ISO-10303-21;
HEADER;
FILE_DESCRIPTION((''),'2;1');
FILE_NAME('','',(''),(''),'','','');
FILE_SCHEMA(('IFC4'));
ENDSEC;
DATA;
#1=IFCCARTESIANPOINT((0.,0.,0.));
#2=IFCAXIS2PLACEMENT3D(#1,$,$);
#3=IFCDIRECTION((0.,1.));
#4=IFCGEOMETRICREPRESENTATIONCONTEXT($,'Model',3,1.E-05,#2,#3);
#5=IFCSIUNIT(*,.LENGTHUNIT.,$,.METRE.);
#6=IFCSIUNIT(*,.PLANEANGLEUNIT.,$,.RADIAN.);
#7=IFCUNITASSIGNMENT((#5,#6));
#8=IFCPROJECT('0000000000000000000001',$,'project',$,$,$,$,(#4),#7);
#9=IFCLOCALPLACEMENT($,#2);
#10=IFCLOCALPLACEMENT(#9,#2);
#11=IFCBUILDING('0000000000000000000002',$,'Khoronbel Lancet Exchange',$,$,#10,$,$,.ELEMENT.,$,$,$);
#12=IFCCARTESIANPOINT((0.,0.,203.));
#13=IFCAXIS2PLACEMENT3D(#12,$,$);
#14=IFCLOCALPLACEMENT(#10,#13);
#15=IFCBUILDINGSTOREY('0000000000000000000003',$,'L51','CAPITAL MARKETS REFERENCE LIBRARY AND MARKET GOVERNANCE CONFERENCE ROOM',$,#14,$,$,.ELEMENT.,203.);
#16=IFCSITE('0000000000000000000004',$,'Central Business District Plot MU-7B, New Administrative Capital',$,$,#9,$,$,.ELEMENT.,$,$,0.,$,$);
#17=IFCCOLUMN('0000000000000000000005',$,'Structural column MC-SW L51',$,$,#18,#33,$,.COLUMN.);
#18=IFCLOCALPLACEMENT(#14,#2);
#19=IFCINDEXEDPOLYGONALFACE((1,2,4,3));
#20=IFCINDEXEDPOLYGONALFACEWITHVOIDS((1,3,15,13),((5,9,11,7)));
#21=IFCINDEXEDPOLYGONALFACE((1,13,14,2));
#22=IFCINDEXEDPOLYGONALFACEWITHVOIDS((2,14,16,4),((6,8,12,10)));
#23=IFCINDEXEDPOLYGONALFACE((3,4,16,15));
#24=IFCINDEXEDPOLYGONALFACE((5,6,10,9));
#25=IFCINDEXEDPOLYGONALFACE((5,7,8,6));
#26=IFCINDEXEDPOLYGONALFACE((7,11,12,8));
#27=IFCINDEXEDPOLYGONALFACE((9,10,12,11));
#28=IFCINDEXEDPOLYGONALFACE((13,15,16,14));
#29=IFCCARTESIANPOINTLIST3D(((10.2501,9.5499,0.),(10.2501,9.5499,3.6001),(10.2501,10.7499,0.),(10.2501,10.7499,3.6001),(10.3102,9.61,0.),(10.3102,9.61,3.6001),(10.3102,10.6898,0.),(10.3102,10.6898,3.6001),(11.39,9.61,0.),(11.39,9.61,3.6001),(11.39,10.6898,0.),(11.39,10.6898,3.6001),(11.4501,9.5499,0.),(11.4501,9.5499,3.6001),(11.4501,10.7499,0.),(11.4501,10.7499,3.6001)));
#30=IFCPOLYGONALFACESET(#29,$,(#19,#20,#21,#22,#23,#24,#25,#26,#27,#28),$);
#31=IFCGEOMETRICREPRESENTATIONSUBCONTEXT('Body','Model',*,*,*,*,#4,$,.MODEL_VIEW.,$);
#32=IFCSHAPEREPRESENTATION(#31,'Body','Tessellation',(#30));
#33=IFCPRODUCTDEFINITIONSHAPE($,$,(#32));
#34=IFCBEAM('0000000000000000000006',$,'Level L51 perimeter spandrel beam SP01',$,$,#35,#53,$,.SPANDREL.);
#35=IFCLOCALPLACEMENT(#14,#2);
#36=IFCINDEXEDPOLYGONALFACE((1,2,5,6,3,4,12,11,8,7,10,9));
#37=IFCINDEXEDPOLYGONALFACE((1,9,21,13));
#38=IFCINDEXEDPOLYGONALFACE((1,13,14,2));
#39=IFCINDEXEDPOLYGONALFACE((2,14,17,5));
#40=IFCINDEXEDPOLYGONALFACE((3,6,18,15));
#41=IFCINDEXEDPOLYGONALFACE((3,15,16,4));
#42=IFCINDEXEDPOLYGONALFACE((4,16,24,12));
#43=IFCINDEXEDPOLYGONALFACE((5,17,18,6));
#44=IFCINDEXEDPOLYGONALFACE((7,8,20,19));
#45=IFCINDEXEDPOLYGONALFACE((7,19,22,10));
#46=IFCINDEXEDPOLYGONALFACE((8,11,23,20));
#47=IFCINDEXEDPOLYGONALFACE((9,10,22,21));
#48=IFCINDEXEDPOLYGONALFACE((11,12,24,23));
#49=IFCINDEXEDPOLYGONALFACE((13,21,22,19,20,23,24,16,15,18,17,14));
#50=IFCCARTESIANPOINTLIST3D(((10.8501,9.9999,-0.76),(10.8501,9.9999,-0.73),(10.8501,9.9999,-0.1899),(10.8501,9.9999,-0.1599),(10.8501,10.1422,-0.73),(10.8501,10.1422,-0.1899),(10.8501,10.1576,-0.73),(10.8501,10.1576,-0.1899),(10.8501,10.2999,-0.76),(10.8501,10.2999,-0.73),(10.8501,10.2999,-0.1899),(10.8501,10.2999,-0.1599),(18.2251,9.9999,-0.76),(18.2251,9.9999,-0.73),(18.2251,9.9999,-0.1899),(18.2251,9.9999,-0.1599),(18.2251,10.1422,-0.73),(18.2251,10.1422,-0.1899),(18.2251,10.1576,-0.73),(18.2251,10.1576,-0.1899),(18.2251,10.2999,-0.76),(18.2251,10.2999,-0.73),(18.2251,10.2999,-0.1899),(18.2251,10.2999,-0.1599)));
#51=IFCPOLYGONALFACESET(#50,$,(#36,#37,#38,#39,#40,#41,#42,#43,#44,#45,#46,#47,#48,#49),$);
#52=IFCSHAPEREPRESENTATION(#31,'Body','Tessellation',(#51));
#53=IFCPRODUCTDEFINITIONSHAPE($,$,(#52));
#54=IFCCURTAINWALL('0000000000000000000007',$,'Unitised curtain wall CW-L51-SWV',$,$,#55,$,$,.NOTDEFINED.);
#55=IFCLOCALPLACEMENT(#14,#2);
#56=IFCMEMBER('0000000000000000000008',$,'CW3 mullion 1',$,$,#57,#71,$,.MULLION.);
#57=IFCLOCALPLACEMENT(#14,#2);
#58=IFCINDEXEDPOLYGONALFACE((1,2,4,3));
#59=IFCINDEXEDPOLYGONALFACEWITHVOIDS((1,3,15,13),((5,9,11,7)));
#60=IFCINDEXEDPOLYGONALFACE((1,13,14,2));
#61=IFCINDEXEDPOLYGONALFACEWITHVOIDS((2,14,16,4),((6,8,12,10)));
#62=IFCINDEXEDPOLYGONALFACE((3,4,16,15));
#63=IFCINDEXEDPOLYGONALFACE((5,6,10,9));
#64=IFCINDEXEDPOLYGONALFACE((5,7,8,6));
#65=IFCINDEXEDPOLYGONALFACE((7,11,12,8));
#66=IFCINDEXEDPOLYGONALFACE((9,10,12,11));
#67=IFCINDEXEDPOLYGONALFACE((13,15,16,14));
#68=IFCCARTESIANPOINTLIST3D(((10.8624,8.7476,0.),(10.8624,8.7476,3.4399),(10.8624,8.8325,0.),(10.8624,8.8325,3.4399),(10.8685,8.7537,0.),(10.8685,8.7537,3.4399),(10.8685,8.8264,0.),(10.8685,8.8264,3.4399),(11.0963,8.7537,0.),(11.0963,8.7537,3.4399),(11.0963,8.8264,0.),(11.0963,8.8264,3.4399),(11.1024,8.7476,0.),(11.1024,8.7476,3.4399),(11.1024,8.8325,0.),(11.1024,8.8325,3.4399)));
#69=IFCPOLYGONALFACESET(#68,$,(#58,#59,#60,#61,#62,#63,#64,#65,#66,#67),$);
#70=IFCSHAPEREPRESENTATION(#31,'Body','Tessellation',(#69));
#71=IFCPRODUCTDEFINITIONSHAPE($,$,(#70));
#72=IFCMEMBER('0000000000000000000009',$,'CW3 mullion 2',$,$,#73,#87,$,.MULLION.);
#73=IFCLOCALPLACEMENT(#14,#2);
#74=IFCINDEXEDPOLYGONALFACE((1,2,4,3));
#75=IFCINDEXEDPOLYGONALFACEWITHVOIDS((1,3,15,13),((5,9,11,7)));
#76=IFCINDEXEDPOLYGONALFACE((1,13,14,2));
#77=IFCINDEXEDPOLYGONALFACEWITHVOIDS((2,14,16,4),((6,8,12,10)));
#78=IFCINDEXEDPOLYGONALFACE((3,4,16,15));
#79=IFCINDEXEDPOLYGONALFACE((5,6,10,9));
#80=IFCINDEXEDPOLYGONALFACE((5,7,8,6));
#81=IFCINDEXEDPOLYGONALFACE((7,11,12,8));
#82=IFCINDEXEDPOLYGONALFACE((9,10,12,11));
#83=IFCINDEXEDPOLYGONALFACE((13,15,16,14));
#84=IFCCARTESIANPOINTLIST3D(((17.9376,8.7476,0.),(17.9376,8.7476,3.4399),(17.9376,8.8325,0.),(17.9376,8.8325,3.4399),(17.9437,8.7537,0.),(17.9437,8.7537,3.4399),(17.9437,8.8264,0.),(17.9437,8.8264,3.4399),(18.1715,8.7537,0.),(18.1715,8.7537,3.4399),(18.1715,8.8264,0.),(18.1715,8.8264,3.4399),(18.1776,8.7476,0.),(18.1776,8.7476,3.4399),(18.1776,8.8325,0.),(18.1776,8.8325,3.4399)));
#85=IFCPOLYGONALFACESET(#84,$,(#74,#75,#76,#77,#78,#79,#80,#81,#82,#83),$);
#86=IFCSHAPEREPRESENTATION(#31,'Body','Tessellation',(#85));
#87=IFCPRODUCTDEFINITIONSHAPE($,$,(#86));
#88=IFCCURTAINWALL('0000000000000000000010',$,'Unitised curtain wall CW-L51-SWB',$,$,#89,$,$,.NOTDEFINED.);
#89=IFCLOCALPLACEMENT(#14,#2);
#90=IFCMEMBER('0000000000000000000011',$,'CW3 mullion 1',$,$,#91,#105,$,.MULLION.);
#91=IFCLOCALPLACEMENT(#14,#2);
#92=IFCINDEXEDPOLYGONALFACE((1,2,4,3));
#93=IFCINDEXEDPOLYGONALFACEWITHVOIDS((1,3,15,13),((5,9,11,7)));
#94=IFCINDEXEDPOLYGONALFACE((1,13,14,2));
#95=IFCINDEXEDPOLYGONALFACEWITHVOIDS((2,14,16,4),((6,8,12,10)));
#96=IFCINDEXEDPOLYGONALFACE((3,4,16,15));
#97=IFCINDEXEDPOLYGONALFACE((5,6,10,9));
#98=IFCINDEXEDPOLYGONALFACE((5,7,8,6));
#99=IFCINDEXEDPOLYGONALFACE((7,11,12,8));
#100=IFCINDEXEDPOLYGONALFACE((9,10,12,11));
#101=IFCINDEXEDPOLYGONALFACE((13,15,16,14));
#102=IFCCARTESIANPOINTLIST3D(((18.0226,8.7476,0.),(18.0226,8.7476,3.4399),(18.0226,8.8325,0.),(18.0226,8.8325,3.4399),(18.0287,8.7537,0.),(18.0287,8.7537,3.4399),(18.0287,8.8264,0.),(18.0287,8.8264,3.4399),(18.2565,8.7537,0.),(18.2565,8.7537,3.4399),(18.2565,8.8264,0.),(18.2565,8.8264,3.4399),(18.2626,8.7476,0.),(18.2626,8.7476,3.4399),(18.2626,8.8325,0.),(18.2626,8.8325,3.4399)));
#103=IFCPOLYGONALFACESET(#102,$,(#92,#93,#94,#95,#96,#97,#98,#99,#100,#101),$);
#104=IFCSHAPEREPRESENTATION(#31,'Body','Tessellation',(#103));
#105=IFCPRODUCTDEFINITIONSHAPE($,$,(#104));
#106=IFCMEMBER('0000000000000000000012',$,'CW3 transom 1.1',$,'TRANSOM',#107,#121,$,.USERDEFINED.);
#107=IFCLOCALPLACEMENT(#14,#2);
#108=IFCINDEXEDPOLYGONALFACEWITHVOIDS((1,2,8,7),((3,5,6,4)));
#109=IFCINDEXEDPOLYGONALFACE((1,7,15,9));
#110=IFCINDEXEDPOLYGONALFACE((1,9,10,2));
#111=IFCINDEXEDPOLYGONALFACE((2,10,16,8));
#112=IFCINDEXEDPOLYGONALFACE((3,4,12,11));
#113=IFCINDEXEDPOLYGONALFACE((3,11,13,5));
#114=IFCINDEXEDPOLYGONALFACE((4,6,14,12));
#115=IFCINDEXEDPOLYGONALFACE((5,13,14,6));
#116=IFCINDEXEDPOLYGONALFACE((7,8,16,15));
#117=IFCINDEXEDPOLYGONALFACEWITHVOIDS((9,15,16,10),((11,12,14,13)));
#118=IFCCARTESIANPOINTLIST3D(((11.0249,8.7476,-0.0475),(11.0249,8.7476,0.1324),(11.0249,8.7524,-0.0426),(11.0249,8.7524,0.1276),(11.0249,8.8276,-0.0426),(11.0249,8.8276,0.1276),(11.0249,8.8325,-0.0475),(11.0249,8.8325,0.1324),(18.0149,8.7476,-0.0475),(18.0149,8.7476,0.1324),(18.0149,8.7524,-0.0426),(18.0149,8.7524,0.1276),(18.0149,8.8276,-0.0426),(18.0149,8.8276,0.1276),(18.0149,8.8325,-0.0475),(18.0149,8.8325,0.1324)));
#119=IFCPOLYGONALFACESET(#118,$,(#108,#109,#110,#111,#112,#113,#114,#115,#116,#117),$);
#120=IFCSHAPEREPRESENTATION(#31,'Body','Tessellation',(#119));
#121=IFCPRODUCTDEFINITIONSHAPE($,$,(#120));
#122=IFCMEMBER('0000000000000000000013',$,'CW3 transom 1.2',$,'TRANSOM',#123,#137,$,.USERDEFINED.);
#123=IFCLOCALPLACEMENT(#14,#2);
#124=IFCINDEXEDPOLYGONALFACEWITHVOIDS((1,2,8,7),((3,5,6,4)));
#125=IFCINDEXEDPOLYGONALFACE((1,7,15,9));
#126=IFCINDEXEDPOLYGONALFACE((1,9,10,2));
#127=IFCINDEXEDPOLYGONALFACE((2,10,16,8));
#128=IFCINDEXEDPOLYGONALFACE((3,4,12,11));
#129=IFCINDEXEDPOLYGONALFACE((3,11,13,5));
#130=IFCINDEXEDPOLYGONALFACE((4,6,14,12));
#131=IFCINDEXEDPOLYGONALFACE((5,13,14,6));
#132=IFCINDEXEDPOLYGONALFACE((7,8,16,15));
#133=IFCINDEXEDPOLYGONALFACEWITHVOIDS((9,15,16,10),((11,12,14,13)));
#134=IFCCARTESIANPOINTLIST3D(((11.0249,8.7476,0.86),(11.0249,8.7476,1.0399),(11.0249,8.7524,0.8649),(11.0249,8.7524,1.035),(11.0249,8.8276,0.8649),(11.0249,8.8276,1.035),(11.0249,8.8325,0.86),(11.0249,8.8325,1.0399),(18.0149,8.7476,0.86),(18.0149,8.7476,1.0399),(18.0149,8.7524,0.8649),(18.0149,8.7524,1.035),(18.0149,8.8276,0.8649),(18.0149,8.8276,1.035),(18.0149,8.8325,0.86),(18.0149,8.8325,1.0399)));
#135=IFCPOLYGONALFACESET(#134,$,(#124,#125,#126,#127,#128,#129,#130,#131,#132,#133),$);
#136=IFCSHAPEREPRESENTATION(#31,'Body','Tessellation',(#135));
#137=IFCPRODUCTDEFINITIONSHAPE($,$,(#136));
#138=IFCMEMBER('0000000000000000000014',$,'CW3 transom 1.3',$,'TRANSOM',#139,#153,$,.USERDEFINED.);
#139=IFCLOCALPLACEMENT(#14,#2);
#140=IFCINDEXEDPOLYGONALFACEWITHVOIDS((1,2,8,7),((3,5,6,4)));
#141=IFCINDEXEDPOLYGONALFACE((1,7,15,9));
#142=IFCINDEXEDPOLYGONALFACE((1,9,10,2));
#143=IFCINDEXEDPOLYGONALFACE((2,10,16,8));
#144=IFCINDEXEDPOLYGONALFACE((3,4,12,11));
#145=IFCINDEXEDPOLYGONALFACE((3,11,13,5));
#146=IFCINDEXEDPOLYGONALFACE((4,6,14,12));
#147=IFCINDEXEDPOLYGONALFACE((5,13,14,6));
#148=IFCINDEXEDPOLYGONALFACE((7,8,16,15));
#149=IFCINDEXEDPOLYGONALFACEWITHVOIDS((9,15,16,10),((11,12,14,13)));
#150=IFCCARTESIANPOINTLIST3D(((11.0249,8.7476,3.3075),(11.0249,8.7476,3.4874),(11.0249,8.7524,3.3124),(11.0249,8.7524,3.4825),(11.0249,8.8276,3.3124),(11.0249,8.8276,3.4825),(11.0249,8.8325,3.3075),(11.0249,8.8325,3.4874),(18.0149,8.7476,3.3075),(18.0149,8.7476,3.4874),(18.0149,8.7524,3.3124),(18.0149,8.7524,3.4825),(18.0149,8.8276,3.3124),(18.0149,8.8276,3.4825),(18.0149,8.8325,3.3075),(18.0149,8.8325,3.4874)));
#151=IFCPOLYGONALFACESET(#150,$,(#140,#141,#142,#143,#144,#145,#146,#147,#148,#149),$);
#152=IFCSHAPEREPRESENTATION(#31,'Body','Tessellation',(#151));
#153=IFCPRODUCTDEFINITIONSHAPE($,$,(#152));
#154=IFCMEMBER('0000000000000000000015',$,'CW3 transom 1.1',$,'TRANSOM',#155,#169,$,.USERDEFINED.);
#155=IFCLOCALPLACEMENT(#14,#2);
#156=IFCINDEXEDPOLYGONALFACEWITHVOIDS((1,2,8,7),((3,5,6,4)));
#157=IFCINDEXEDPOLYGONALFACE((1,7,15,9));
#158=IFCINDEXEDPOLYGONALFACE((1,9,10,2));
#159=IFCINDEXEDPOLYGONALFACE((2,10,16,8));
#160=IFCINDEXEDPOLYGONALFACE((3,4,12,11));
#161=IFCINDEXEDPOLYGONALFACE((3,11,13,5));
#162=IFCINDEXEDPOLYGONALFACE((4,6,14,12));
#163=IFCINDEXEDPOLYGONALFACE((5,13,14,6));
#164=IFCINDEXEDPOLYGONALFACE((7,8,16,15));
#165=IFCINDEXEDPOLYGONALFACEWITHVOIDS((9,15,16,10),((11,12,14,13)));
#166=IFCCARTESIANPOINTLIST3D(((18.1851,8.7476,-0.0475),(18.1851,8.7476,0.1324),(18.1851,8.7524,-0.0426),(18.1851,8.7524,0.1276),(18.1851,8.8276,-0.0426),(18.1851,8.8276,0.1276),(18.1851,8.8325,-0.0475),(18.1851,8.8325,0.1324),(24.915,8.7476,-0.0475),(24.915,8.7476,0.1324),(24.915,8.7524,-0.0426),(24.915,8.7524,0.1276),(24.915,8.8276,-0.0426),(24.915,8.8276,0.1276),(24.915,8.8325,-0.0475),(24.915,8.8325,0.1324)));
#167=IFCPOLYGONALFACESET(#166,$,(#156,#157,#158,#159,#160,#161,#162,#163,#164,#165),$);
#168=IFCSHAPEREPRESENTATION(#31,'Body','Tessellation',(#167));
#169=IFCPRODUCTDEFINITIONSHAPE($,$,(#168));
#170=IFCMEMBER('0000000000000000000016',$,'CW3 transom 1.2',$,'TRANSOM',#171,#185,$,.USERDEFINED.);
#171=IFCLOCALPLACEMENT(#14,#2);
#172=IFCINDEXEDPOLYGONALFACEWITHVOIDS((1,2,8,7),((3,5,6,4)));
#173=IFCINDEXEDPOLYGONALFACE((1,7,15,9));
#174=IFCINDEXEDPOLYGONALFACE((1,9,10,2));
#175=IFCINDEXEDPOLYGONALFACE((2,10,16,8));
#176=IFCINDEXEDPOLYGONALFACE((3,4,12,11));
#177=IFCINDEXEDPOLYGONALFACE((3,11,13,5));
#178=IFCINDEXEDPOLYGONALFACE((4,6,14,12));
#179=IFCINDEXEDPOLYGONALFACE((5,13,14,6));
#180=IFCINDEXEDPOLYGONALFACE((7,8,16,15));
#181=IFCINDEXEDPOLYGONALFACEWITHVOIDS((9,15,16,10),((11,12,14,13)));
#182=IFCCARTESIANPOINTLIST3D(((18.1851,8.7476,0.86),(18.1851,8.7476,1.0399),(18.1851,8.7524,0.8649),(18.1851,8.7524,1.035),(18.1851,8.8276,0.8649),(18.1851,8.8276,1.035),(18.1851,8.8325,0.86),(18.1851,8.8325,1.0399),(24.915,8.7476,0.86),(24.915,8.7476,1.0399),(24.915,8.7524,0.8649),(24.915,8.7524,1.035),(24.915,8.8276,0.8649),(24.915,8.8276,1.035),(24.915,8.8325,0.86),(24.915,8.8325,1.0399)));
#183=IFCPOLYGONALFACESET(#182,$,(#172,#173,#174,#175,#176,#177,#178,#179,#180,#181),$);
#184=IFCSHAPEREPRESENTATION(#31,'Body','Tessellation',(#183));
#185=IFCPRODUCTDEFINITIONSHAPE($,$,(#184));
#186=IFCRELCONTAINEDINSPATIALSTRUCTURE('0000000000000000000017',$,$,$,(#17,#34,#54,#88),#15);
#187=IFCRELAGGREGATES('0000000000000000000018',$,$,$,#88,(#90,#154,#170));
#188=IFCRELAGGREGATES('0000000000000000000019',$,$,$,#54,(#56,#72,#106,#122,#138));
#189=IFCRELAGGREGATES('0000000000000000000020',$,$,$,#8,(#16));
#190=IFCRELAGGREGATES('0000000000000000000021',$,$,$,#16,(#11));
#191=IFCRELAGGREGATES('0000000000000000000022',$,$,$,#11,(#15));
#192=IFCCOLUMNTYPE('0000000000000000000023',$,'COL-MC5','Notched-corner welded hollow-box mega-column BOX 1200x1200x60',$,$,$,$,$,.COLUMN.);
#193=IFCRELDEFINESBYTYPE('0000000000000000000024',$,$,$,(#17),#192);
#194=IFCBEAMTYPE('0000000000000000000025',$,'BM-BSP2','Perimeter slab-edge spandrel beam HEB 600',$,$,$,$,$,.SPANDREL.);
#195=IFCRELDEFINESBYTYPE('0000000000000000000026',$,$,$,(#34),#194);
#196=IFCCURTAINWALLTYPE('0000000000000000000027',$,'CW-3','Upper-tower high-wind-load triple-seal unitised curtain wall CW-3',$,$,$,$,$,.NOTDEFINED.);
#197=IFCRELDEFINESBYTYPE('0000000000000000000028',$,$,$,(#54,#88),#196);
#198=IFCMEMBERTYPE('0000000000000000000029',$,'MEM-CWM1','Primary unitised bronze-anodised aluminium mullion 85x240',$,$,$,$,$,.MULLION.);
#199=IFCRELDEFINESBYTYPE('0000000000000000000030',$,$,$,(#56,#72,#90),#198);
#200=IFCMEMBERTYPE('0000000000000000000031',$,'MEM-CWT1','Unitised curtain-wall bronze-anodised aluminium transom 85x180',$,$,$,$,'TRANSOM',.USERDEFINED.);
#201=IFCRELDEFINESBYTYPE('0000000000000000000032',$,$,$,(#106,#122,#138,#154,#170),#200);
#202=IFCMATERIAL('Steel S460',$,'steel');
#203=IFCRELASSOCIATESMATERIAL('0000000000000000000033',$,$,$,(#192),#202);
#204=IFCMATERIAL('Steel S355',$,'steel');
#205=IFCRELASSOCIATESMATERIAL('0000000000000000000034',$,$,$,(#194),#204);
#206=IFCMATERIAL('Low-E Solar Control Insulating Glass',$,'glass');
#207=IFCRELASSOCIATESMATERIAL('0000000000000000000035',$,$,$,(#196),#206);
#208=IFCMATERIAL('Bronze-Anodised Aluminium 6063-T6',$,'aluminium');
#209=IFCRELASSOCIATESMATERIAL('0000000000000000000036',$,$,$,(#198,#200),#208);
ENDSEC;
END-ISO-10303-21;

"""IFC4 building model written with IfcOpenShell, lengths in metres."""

from ifc_helpers import new_model, si_unit, direction, frame, origin, origin_2d, place, context, subcontext, project, spatial, hollow_rectangle, i_section, extrude, material, material_profile, profile_set, type_object, element, aggregate, save


model = new_model("IFC4")

# Units and contexts
model_context = context("Model", 3, precision=1e-05, world=origin(), true_north=direction((0.0, 1.0)))
body_context = subcontext(model_context, "Body", "Model", "MODEL_VIEW")
ifc_project = project(units=[si_unit("LENGTHUNIT", "METRE"), si_unit("PLANEANGLEUNIT", "RADIAN")], contexts=[model_context])

# Site, building, storey
site_placement = place(None, origin())
site = spatial("IfcSite", under=ifc_project, at=site_placement, Name="Central Business District Plot MU-7B, New Administrative Capital", CompositionType="ELEMENT", RefElevation=0.0)
building_placement = place(site_placement, origin())
building = spatial("IfcBuilding", under=site, at=building_placement, Name="Khoronbel Lancet Exchange", CompositionType="ELEMENT")
storey_placement = place(building_placement, frame((0.0, 0.0, 203.0)))
storey = spatial("IfcBuildingStorey", under=building, at=storey_placement, Name="L51", Description="CAPITAL MARKETS REFERENCE LIBRARY AND MARKET GOVERNANCE CONFERENCE ROOM", CompositionType="ELEMENT", Elevation=203.0)

# Column
ifc_material_1 = material(Name="Steel S460", Category="steel")
ifc_material_profile_1 = material_profile(ifc_material_1, hollow_rectangle(XDim=1.2, YDim=1.2, WallThickness=0.0601, at=origin_2d()), Name="BOX 1200x1200x60")
ifc_profile_set_1 = profile_set([ifc_material_profile_1], Name="Steel S460")
column_type = type_object("IfcColumnType", Name="COL-MC5", Description="Notched-corner welded hollow-box mega-column BOX 1200x1200x60", PredefinedType="COLUMN", material=ifc_profile_set_1)
column_placement = place(storey_placement, frame((10.8501, 10.1499, 0.0), z_axis=(0.0, 0.0, 1.0), x_axis=(1.0, 0.0, 0.0)))
element("IfcColumn", 1, at=column_placement, inside=storey, type_object=column_type, Name="Structural column MC-SW L51", PredefinedType="COLUMN", context=body_context, shape_type="SweptSolid", body=[
    extrude(hollow_rectangle(XDim=1.2, YDim=1.2, WallThickness=0.0601, at=origin_2d()), origin(), (0.0, 0.0, 1.0), 3.6001),
])

# Beam
ifc_material_2 = material(Name="Steel S355", Category="steel")
ifc_material_profile_2 = material_profile(ifc_material_2, i_section(OverallWidth=0.3, OverallDepth=0.6001, WebThickness=0.0154, FlangeThickness=0.03, at=origin_2d()), Name="HEB 600")
ifc_profile_set_2 = profile_set([ifc_material_profile_2], Name="Steel S355")
beam_type = type_object("IfcBeamType", Name="BM-BSP2", Description="Perimeter slab-edge spandrel beam HEB 600", PredefinedType="SPANDREL", material=ifc_profile_set_2)
beam_placement = place(storey_placement, frame((10.8501, 10.1499, -0.46), z_axis=(1.0, 0.0, 0.0), x_axis=(0.0, 1.0, 0.0)))
element("IfcBeam", 2, at=beam_placement, inside=storey, type_object=beam_type, Name="Level L51 perimeter spandrel beam SP01", PredefinedType="SPANDREL", context=body_context, shape_type="SweptSolid", body=[
    extrude(i_section(OverallWidth=0.3, OverallDepth=0.6001, WebThickness=0.0154, FlangeThickness=0.03, at=origin_2d()), origin(), (0.0, 0.0, 1.0), 7.375),
])

# Curtain wall, members
ifc_material_3 = material(Name="Low-E Solar Control Insulating Glass", Category="glass")
curtain_wall_type = type_object("IfcCurtainWallType", Name="CW-3", Description="Upper-tower high-wind-load triple-seal unitised curtain wall CW-3", PredefinedType="NOTDEFINED", material=ifc_material_3)
curtain_wall_1_placement = place(storey_placement, origin())
curtain_wall_1 = element("IfcCurtainWall", 3, at=curtain_wall_1_placement, inside=storey, type_object=curtain_wall_type, Name="Unitised curtain wall CW-L51-SWV", PredefinedType="NOTDEFINED")
ifc_material_4 = material(Name="Bronze-Anodised Aluminium 6063-T6", Category="aluminium")
ifc_material_profile_3 = material_profile(ifc_material_4, hollow_rectangle(XDim=0.085, YDim=0.24, WallThickness=0.0061, at=origin_2d()), Name="ALU MULLION 85x240")
ifc_profile_set_3 = profile_set([ifc_material_profile_3], Name="Bronze-Anodised Aluminium 6063-T6")
member_type_1 = type_object("IfcMemberType", Name="MEM-CWM1", Description="Primary unitised bronze-anodised aluminium mullion 85x240", PredefinedType="MULLION", material=ifc_profile_set_3)
member_1_placement = place(storey_placement, frame((10.9824, 8.79, 0.0), z_axis=(0.0, 0.0, 1.0), x_axis=(0.0, 1.0, 0.0)))
member_1 = element("IfcMember", 4, at=member_1_placement, type_object=member_type_1, Name="CW3 mullion 1", PredefinedType="MULLION", context=body_context, shape_type="SweptSolid", body=[
    extrude(hollow_rectangle(XDim=0.085, YDim=0.24, WallThickness=0.0061, at=origin_2d()), origin(), (0.0, 0.0, 1.0), 3.4399),
])
member_2_placement = place(storey_placement, frame((18.0576, 8.79, 0.0), z_axis=(0.0, 0.0, 1.0), x_axis=(0.0, 1.0, 0.0)))
member_2 = element("IfcMember", 5, at=member_2_placement, type_object=member_type_1, Name="CW3 mullion 2", PredefinedType="MULLION", context=body_context, shape_type="SweptSolid", body=[
    extrude(hollow_rectangle(XDim=0.085, YDim=0.24, WallThickness=0.0061, at=origin_2d()), origin(), (0.0, 0.0, 1.0), 3.4399),
])

# Curtain wall, member
curtain_wall_2_placement = place(storey_placement, origin())
curtain_wall_2 = element("IfcCurtainWall", 6, at=curtain_wall_2_placement, inside=storey, type_object=curtain_wall_type, Name="Unitised curtain wall CW-L51-SWB", PredefinedType="NOTDEFINED")
member_3_placement = place(storey_placement, frame((18.1426, 8.79, 0.0), z_axis=(0.0, 0.0, 1.0), x_axis=(0.0, 1.0, 0.0)))
member_3 = element("IfcMember", 7, at=member_3_placement, type_object=member_type_1, Name="CW3 mullion 1", PredefinedType="MULLION", context=body_context, shape_type="SweptSolid", body=[
    extrude(hollow_rectangle(XDim=0.085, YDim=0.24, WallThickness=0.0061, at=origin_2d()), origin(), (0.0, 0.0, 1.0), 3.4399),
])

# Members
ifc_material_profile_4 = material_profile(ifc_material_4, hollow_rectangle(XDim=0.085, YDim=0.1799, WallThickness=0.0049, at=origin_2d()), Name="ALU TRANSOM 85x180")
ifc_profile_set_4 = profile_set([ifc_material_profile_4], Name="Bronze-Anodised Aluminium 6063-T6")
member_type_2 = type_object("IfcMemberType", Name="MEM-CWT1", Description="Unitised curtain-wall bronze-anodised aluminium transom 85x180", ElementType="TRANSOM", PredefinedType="USERDEFINED", material=ifc_profile_set_4)
member_4_placement = place(storey_placement, frame((11.0249, 8.79, 0.0425), z_axis=(1.0, 0.0, 0.0), x_axis=(0.0, 1.0, 0.0)))
member_4 = element("IfcMember", 8, at=member_4_placement, type_object=member_type_2, Name="CW3 transom 1.1", ObjectType="TRANSOM", PredefinedType="USERDEFINED", context=body_context, shape_type="SweptSolid", body=[
    extrude(hollow_rectangle(XDim=0.085, YDim=0.1799, WallThickness=0.0049, at=origin_2d()), origin(), (0.0, 0.0, 1.0), 6.99),
])
member_5_placement = place(storey_placement, frame((11.0249, 8.79, 0.95), z_axis=(1.0, 0.0, 0.0), x_axis=(0.0, 1.0, 0.0)))
member_5 = element("IfcMember", 9, at=member_5_placement, type_object=member_type_2, Name="CW3 transom 1.2", ObjectType="TRANSOM", PredefinedType="USERDEFINED", context=body_context, shape_type="SweptSolid", body=[
    extrude(hollow_rectangle(XDim=0.085, YDim=0.1799, WallThickness=0.0049, at=origin_2d()), origin(), (0.0, 0.0, 1.0), 6.99),
])
member_6_placement = place(storey_placement, frame((11.0249, 8.79, 3.3975), z_axis=(1.0, 0.0, 0.0), x_axis=(0.0, 1.0, 0.0)))
member_6 = element("IfcMember", 10, at=member_6_placement, type_object=member_type_2, Name="CW3 transom 1.3", ObjectType="TRANSOM", PredefinedType="USERDEFINED", context=body_context, shape_type="SweptSolid", body=[
    extrude(hollow_rectangle(XDim=0.085, YDim=0.1799, WallThickness=0.0049, at=origin_2d()), origin(), (0.0, 0.0, 1.0), 6.99),
])
member_7_placement = place(storey_placement, frame((18.1851, 8.79, 0.0425), z_axis=(1.0, 0.0, 0.0), x_axis=(0.0, 1.0, 0.0)))
member_7 = element("IfcMember", 11, at=member_7_placement, type_object=member_type_2, Name="CW3 transom 1.1", ObjectType="TRANSOM", PredefinedType="USERDEFINED", context=body_context, shape_type="SweptSolid", body=[
    extrude(hollow_rectangle(XDim=0.085, YDim=0.1799, WallThickness=0.0049, at=origin_2d()), origin(), (0.0, 0.0, 1.0), 6.73),
])
member_8_placement = place(storey_placement, frame((18.1851, 8.79, 0.95), z_axis=(1.0, 0.0, 0.0), x_axis=(0.0, 1.0, 0.0)))
member_8 = element("IfcMember", 12, at=member_8_placement, type_object=member_type_2, Name="CW3 transom 1.2", ObjectType="TRANSOM", PredefinedType="USERDEFINED", context=body_context, shape_type="SweptSolid", body=[
    extrude(hollow_rectangle(XDim=0.085, YDim=0.1799, WallThickness=0.0049, at=origin_2d()), origin(), (0.0, 0.0, 1.0), 6.73),
])
aggregate(curtain_wall_2, [member_3, member_7, member_8])

aggregate(curtain_wall_1, [member_1, member_2, member_4, member_5, member_6])

save(model, "model.ifc")
